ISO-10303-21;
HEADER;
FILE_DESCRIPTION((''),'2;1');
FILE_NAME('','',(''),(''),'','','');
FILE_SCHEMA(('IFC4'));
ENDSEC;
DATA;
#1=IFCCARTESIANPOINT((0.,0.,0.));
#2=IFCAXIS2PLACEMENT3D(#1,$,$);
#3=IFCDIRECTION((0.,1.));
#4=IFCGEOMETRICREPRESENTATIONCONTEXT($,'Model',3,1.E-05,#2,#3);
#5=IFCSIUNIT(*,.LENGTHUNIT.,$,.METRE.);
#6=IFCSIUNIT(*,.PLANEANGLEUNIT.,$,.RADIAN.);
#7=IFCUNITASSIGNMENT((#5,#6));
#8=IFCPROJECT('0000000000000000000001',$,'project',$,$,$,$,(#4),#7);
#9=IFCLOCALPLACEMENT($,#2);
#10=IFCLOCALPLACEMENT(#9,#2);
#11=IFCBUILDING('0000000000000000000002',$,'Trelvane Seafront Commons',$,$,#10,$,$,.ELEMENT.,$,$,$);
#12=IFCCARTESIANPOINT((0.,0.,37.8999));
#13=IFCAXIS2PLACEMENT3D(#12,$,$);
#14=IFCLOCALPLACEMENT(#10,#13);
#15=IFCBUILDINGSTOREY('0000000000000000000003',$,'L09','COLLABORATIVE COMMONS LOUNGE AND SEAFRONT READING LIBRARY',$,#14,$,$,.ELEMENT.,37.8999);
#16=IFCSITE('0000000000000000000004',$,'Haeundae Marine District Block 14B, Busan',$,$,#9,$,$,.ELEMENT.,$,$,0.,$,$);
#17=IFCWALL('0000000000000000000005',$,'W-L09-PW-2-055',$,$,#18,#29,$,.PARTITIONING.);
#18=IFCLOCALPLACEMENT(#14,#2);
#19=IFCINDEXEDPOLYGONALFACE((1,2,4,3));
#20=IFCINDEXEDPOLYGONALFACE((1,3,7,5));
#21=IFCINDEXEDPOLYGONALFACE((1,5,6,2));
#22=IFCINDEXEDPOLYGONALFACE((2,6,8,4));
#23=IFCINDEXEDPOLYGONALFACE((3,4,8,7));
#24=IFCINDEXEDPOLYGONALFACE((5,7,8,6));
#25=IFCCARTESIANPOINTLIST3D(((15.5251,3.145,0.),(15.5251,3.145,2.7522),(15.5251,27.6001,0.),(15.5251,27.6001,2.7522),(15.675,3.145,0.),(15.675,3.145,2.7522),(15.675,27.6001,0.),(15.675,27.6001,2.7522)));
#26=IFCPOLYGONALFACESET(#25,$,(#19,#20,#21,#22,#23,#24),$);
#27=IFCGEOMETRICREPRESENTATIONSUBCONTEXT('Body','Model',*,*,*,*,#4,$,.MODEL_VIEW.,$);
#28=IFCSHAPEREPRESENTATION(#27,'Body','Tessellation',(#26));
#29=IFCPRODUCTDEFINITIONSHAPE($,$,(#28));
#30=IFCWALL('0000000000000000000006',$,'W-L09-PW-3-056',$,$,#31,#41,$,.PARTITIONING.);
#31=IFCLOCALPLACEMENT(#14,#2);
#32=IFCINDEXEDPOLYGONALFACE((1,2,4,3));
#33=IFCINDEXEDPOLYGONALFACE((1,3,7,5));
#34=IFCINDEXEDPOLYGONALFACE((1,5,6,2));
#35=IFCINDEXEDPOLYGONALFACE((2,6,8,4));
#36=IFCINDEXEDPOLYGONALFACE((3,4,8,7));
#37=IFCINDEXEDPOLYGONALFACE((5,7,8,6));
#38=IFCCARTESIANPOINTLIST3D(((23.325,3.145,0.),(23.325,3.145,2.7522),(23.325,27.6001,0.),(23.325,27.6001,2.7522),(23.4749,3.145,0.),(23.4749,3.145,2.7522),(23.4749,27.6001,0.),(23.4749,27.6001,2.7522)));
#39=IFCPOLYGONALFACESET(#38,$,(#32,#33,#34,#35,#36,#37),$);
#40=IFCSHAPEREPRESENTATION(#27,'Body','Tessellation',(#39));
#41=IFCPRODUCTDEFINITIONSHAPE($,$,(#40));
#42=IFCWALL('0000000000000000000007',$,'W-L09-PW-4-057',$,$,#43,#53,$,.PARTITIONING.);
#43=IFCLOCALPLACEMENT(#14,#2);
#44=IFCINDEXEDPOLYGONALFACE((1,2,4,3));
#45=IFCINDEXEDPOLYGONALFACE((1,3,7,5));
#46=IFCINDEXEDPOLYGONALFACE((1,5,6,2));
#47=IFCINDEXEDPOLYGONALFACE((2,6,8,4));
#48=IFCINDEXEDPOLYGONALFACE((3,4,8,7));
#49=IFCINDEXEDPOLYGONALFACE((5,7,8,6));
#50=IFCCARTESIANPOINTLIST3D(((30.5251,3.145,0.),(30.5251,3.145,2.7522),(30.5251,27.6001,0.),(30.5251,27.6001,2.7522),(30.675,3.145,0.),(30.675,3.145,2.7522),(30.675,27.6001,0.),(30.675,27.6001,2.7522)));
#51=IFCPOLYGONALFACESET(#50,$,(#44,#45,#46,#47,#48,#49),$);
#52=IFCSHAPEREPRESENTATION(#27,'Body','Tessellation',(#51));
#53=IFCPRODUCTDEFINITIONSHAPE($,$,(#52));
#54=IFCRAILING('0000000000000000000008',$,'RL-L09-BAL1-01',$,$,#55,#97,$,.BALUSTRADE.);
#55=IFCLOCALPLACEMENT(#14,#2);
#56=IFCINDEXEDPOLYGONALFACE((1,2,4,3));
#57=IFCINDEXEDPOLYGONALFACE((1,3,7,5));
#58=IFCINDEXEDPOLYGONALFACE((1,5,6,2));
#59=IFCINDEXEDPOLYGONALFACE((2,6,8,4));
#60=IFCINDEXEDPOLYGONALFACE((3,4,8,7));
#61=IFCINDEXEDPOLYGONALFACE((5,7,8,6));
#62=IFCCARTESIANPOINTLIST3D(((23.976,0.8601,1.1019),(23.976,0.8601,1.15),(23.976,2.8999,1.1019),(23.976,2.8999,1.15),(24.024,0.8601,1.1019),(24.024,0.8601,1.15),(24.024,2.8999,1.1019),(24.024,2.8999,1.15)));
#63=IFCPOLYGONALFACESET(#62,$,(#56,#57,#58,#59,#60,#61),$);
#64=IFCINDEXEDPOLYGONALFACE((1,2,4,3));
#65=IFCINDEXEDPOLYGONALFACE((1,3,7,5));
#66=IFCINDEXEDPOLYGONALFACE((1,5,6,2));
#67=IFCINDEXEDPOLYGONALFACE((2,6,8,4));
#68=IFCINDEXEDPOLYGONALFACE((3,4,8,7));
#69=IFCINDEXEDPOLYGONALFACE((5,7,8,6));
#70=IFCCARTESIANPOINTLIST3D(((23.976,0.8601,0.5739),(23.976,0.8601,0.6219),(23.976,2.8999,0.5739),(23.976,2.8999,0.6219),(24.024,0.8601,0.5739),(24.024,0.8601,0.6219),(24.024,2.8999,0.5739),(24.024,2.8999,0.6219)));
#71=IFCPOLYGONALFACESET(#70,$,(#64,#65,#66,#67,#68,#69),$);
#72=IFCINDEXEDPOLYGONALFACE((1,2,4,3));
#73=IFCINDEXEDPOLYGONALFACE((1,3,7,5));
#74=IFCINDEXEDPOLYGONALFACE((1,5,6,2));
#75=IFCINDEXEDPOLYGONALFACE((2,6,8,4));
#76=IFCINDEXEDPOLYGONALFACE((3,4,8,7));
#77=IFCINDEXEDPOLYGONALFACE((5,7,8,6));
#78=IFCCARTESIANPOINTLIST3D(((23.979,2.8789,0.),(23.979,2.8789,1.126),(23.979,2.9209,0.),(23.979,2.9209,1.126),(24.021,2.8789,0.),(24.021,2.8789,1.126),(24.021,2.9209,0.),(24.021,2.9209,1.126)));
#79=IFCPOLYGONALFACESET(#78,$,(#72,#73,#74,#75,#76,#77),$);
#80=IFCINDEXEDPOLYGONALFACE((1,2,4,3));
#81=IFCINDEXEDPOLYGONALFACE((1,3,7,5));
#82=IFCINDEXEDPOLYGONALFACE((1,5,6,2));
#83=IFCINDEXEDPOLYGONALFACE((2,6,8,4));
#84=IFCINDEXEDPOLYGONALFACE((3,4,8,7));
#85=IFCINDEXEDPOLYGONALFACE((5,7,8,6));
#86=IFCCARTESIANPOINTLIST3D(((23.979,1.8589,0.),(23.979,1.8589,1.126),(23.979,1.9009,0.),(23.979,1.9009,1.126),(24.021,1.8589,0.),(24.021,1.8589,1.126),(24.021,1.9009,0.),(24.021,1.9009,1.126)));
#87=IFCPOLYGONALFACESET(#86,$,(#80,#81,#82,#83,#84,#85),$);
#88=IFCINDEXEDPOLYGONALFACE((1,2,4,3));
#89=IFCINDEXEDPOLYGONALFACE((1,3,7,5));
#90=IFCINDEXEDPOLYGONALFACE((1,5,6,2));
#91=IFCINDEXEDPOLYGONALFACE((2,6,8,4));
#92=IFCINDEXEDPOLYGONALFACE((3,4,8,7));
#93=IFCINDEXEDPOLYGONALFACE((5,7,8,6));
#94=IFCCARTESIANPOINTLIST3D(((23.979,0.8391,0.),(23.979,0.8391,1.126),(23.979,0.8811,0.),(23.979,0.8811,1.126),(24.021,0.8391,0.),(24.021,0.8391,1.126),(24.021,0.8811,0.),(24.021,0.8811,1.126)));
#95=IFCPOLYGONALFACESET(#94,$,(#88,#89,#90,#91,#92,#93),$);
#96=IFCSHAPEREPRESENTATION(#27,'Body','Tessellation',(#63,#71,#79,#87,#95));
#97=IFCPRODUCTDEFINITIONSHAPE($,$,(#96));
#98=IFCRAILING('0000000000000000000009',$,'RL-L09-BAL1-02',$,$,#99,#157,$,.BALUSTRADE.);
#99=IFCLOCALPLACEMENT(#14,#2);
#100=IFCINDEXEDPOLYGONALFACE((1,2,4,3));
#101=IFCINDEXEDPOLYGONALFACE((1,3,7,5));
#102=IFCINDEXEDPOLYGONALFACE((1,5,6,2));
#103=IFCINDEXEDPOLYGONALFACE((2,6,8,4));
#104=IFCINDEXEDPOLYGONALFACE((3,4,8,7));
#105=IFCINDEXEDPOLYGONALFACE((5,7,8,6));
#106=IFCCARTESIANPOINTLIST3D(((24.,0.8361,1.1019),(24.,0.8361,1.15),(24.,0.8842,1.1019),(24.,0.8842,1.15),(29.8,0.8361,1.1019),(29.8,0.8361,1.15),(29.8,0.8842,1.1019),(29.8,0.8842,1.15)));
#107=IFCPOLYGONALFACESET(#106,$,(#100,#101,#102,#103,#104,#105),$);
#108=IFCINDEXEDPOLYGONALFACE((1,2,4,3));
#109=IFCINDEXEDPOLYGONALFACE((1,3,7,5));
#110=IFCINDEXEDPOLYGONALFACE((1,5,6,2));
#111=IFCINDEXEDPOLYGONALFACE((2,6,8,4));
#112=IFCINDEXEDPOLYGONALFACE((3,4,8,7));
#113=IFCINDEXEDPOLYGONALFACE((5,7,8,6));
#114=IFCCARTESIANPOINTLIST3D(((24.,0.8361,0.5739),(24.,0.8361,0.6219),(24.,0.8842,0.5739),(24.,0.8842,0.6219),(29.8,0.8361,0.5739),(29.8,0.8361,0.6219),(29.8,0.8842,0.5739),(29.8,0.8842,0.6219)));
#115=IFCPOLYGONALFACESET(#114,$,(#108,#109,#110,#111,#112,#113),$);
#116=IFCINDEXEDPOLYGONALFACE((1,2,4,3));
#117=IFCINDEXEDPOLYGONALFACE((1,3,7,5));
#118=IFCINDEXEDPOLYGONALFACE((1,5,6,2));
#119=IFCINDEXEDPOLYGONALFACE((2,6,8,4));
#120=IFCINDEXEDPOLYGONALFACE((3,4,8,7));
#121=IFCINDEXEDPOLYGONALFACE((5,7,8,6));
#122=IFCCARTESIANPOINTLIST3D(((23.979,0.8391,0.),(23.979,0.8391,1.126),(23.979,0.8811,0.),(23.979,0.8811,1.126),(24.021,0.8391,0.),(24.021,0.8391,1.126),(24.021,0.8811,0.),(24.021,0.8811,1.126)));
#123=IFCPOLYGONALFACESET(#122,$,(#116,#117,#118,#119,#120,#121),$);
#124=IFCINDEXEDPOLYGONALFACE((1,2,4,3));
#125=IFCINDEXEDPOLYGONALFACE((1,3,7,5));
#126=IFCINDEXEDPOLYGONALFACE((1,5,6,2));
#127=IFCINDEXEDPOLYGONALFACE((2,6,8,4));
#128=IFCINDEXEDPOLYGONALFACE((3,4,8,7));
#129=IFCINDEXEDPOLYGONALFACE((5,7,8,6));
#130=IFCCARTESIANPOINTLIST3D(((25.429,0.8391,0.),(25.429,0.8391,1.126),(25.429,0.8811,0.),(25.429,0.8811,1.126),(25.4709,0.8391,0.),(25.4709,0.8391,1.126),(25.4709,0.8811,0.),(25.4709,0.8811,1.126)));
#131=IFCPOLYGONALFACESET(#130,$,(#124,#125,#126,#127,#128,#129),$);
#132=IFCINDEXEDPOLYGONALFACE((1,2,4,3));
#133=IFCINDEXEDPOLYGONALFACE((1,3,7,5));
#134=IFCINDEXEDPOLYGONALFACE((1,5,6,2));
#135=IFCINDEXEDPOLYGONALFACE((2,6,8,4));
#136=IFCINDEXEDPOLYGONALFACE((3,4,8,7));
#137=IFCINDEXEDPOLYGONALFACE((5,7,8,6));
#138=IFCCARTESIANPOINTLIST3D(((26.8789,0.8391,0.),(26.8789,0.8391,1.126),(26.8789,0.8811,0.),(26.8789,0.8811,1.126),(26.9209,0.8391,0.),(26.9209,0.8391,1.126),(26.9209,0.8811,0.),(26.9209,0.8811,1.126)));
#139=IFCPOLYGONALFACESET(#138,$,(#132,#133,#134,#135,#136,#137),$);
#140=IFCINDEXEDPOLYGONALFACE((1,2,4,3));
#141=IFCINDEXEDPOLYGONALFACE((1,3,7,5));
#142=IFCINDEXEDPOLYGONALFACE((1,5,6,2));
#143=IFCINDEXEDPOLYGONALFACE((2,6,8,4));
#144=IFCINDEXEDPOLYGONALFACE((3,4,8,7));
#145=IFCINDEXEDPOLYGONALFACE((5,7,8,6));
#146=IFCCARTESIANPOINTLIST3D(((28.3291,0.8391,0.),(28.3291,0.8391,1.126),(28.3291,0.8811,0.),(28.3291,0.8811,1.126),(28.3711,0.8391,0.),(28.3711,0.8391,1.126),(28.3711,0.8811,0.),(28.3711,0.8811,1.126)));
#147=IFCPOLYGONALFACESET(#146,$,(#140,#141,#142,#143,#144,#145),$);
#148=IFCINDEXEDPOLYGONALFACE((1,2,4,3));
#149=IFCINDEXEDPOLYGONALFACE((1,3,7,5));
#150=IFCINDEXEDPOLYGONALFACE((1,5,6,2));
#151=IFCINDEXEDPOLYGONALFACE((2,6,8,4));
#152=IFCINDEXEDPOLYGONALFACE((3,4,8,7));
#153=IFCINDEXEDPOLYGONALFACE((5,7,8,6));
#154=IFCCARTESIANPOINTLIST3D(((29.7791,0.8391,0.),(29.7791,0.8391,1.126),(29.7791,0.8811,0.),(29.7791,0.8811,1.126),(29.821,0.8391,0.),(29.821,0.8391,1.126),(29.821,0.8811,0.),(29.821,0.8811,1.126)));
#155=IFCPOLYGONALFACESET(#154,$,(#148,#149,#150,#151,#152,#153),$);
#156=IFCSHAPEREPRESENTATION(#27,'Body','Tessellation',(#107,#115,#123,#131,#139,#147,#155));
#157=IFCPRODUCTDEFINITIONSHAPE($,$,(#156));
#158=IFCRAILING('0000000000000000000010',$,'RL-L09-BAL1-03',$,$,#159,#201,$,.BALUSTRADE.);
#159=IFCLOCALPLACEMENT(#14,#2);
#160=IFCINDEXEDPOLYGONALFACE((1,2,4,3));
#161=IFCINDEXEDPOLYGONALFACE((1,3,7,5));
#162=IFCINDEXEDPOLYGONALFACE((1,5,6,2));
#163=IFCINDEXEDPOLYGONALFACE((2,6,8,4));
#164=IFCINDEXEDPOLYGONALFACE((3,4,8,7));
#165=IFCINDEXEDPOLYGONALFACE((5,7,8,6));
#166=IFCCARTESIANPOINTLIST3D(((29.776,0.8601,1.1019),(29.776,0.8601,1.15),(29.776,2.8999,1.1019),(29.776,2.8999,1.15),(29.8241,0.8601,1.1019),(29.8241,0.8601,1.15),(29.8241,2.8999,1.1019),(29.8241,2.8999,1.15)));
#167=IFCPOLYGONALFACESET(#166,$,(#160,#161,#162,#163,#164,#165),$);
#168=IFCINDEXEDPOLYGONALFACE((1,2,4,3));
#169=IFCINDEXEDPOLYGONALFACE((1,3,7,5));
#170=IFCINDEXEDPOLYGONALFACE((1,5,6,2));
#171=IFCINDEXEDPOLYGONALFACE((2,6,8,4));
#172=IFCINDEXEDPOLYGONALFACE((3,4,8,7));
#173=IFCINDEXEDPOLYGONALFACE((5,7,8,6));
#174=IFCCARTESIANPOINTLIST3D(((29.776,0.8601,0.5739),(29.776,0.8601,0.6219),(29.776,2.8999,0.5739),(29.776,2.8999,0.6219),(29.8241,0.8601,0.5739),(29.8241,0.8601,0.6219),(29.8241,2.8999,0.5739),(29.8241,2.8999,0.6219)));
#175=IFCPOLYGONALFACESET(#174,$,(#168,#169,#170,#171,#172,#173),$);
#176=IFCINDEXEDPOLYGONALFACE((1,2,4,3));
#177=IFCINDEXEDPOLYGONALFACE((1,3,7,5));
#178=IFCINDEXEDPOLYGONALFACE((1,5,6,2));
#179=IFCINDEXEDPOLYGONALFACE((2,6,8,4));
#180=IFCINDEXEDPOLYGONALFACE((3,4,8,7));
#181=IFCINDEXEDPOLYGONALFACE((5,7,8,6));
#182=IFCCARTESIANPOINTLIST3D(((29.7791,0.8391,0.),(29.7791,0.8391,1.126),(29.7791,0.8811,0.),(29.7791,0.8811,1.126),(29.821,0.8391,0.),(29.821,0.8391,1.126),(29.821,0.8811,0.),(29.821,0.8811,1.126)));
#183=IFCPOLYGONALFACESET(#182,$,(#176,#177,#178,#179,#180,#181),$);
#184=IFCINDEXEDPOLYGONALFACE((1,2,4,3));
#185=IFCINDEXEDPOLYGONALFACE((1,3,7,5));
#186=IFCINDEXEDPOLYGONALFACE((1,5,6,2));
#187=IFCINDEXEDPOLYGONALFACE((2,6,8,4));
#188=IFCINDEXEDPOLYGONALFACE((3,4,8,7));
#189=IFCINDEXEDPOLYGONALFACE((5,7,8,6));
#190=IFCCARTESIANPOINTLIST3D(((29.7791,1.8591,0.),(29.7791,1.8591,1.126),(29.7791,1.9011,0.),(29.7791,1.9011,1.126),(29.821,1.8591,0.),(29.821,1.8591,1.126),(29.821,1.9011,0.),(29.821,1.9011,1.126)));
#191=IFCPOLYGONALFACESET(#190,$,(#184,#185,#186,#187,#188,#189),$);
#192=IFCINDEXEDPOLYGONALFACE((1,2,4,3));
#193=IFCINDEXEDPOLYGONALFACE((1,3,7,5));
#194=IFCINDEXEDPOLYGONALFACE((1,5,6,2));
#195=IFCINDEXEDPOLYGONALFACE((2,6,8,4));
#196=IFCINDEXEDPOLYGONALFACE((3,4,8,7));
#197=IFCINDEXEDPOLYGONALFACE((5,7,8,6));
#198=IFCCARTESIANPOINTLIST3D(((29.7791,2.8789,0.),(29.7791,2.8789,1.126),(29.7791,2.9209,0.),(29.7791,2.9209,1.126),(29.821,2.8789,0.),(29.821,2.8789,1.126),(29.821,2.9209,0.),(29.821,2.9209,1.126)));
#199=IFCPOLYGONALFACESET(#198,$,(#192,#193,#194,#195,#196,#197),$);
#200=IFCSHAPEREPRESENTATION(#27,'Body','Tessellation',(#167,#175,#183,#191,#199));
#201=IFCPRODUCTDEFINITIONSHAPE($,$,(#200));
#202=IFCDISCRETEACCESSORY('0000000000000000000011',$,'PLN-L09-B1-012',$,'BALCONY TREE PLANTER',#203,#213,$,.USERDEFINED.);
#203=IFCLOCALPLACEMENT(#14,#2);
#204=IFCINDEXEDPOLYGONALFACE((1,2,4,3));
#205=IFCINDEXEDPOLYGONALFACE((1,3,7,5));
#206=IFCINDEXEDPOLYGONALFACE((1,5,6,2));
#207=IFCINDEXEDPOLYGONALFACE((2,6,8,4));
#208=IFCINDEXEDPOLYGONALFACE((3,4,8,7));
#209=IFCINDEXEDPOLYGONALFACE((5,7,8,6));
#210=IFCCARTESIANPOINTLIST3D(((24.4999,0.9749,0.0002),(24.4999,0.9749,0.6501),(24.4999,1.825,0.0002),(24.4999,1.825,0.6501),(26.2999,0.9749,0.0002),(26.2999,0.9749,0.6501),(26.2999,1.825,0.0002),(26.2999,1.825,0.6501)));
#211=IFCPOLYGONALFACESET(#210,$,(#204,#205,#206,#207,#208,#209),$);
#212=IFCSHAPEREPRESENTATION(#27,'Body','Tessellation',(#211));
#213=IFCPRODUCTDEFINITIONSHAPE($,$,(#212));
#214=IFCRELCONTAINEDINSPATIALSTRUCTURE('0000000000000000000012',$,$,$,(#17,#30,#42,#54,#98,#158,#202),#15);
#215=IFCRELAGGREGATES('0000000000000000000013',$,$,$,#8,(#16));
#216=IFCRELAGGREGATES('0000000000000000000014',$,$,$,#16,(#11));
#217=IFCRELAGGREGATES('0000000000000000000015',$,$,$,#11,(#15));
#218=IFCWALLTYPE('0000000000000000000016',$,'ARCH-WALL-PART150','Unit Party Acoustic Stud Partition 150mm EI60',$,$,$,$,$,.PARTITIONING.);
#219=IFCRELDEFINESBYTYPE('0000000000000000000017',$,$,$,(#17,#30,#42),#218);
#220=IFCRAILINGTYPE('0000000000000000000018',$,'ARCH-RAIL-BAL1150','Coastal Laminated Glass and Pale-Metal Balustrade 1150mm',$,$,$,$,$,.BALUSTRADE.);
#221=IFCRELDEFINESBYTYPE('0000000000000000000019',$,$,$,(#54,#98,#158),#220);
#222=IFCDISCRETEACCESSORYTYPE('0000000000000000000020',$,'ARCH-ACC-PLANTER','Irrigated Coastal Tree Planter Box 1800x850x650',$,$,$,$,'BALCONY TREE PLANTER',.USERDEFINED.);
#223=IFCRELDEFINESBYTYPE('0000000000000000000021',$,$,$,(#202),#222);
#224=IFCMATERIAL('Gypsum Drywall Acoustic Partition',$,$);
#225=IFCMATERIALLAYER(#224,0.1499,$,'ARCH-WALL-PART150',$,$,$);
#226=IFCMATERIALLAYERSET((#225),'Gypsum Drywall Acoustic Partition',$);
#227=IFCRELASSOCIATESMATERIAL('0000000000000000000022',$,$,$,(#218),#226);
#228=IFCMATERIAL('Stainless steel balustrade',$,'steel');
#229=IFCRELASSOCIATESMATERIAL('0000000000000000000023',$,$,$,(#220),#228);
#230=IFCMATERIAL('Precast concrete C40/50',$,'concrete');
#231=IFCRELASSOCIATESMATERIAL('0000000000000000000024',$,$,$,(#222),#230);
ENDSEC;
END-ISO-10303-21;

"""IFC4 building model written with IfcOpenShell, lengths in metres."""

from ifc_helpers import new_model, si_unit, direction, frame, frame_2d, origin, origin_2d, place, context, subcontext, project, spatial, rectangle, extrude, source, transform, mapped, material, layer, layer_set, type_object, element, save


model = new_model("IFC4")

# Units and contexts
model_context = context("Model", 3, precision=1e-05, world=origin(), true_north=direction((0.0, 1.0)))
body_context = subcontext(model_context, "Body", "Model", "MODEL_VIEW")
ifc_project = project(units=[si_unit("LENGTHUNIT", "METRE"), si_unit("PLANEANGLEUNIT", "RADIAN")], contexts=[model_context])

# Site, building, storey
site_placement = place(None, origin())
site = spatial("IfcSite", under=ifc_project, at=site_placement, Name="Haeundae Marine District Block 14B, Busan", CompositionType="ELEMENT", RefElevation=0.0)
building_placement = place(site_placement, origin())
building = spatial("IfcBuilding", under=site, at=building_placement, Name="Trelvane Seafront Commons", CompositionType="ELEMENT")
storey_placement = place(building_placement, frame((0.0, 0.0, 37.8999)))
storey = spatial("IfcBuildingStorey", under=building, at=storey_placement, Name="L09", Description="COLLABORATIVE COMMONS LOUNGE AND SEAFRONT READING LIBRARY", CompositionType="ELEMENT", Elevation=37.8999)

# Shared definitions
ifc_material_1 = material(Name="Gypsum Drywall Acoustic Partition")

# Walls
ifc_layer_1 = layer(ifc_material_1, 0.1499, Name="ARCH-WALL-PART150")
ifc_layer_set_1 = layer_set([ifc_layer_1], Name="Gypsum Drywall Acoustic Partition")
wall_type_1 = type_object("IfcWallType", Name="ARCH-WALL-PART150", Description="Unit Party Acoustic Stud Partition 150mm EI60", PredefinedType="PARTITIONING", material=ifc_layer_set_1)
for number, where, z_axis, x_axis, name in (
    (1, (15.6001, 3.145, 0.0), (0.0, 0.0, 1.0), (0.0, 1.0, 0.0), "W-L09-PW-2-055"),
    (2, (23.3999, 3.145, 0.0), (0.0, 0.0, 1.0), (0.0, 1.0, 0.0), "W-L09-PW-3-056"),
    (3, (30.6001, 3.145, 0.0), (0.0, 0.0, 1.0), (0.0, 1.0, 0.0), "W-L09-PW-4-057"),
):
    element("IfcWall", number, at=place(storey_placement, frame(where, z_axis=z_axis, x_axis=x_axis)), inside=storey, type_object=wall_type_1, Name=name, PredefinedType="PARTITIONING", context=body_context, shape_type="SweptSolid", body=[
        extrude(rectangle(XDim=24.4551, YDim=0.1499, at=frame_2d((12.2275, 0.0))), origin(), (0.0, 0.0, 1.0), 2.7522),
    ])

# Railings
ifc_material_2 = material(Name="Stainless steel balustrade", Category="steel")
railing_type = type_object("IfcRailingType", Name="ARCH-RAIL-BAL1150", Description="Coastal Laminated Glass and Pale-Metal Balustrade 1150mm", PredefinedType="BALUSTRADE", material=ifc_material_2)
railing_1_placement = place(storey_placement, frame((24.0, 2.8999, 0.0)))
element("IfcRailing", 4, at=railing_1_placement, inside=storey, type_object=railing_type, Name="RL-L09-BAL1-01", PredefinedType="BALUSTRADE", context=body_context, shape_type="SweptSolid", body=[
    extrude(rectangle(XDim=0.0481, YDim=0.0481, at=origin_2d()), frame((0.0, 0.0, 1.126), z_axis=(0.0, -1.0, 0.0), x_axis=(1.0, 0.0, 0.0)), (0.0, 0.0, 1.0), 2.0398),
    extrude(rectangle(XDim=0.0481, YDim=0.0481, at=origin_2d()), frame((0.0, 0.0, 0.5979), z_axis=(0.0, -1.0, 0.0), x_axis=(1.0, 0.0, 0.0)), (0.0, 0.0, 1.0), 2.0398),
    extrude(rectangle(XDim=0.042, YDim=0.042, at=origin_2d()), origin(), (0.0, 0.0, 1.0), 1.126),
    extrude(rectangle(XDim=0.042, YDim=0.042, at=origin_2d()), frame((0.0, -1.02, 0.0)), (0.0, 0.0, 1.0), 1.126),
    extrude(rectangle(XDim=0.042, YDim=0.042, at=origin_2d()), frame((0.0, -2.0398, 0.0)), (0.0, 0.0, 1.0), 1.126),
])
railing_2_placement = place(storey_placement, frame((24.0, 0.8601, 0.0)))
element("IfcRailing", 5, at=railing_2_placement, inside=storey, type_object=railing_type, Name="RL-L09-BAL1-02", PredefinedType="BALUSTRADE", context=body_context, shape_type="SweptSolid", body=[
    extrude(rectangle(XDim=0.0481, YDim=0.0481, at=origin_2d()), frame((0.0, 0.0, 1.126), z_axis=(1.0, 0.0, 0.0), x_axis=(0.0, 1.0, 0.0)), (0.0, 0.0, 1.0), 5.8),
    extrude(rectangle(XDim=0.0481, YDim=0.0481, at=origin_2d()), frame((0.0, 0.0, 0.5979), z_axis=(1.0, 0.0, 0.0), x_axis=(0.0, 1.0, 0.0)), (0.0, 0.0, 1.0), 5.8),
    extrude(rectangle(XDim=0.042, YDim=0.042, at=origin_2d()), origin(), (0.0, 0.0, 1.0), 1.126),
    extrude(rectangle(XDim=0.042, YDim=0.042, at=origin_2d()), frame((1.45, 0.0, 0.0)), (0.0, 0.0, 1.0), 1.126),
    extrude(rectangle(XDim=0.042, YDim=0.042, at=origin_2d()), frame((2.8999, 0.0, 0.0)), (0.0, 0.0, 1.0), 1.126),
    extrude(rectangle(XDim=0.042, YDim=0.042, at=origin_2d()), frame((4.3501, 0.0, 0.0)), (0.0, 0.0, 1.0), 1.126),
    extrude(rectangle(XDim=0.042, YDim=0.042, at=origin_2d()), frame((5.8, 0.0, 0.0)), (0.0, 0.0, 1.0), 1.126),
])
railing_3_placement = place(storey_placement, frame((29.8, 0.8601, 0.0)))
element("IfcRailing", 6, at=railing_3_placement, inside=storey, type_object=railing_type, Name="RL-L09-BAL1-03", PredefinedType="BALUSTRADE", context=body_context, shape_type="SweptSolid", body=[
    extrude(rectangle(XDim=0.0481, YDim=0.0481, at=origin_2d()), frame((0.0, 0.0, 1.126), z_axis=(0.0, 1.0, 0.0), x_axis=(-1.0, 0.0, 0.0)), (0.0, 0.0, 1.0), 2.0398),
    extrude(rectangle(XDim=0.0481, YDim=0.0481, at=origin_2d()), frame((0.0, 0.0, 0.5979), z_axis=(0.0, 1.0, 0.0), x_axis=(-1.0, 0.0, 0.0)), (0.0, 0.0, 1.0), 2.0398),
    extrude(rectangle(XDim=0.042, YDim=0.042, at=origin_2d()), origin(), (0.0, 0.0, 1.0), 1.126),
    extrude(rectangle(XDim=0.042, YDim=0.042, at=origin_2d()), frame((0.0, 1.02, 0.0)), (0.0, 0.0, 1.0), 1.126),
    extrude(rectangle(XDim=0.042, YDim=0.042, at=origin_2d()), frame((0.0, 2.0398, 0.0)), (0.0, 0.0, 1.0), 1.126),
])

# Discrete accessory
ifc_material_3 = material(Name="Precast concrete C40/50", Category="concrete")
discrete_accessory_type = type_object("IfcDiscreteAccessoryType", Name="ARCH-ACC-PLANTER", Description="Irrigated Coastal Tree Planter Box 1800x850x650", ElementType="BALCONY TREE PLANTER", PredefinedType="USERDEFINED", material=ifc_material_3)
shared_shape_1 = source(origin(), body_context, "Body", "SweptSolid", [
    extrude(rectangle(XDim=1.8, YDim=0.8501, at=origin_2d()), origin(), (0.0, 0.0, 1.0), 0.6499),
])
discrete_accessory_placement = place(storey_placement, frame((25.3999, 1.3999, 0.0002), z_axis=(0.0, 0.0, 1.0), x_axis=(1.0, 0.0, 0.0)))
element("IfcDiscreteAccessory", 7, at=discrete_accessory_placement, inside=storey, type_object=discrete_accessory_type, Name="PLN-L09-B1-012", ObjectType="BALCONY TREE PLANTER", PredefinedType="USERDEFINED", context=body_context, shape_type="MappedRepresentation", body=[
    mapped(shared_shape_1, transform((0.0, 0.0, 0.0), x_axis=(1.0, 0.0, 0.0), y_axis=(0.0, 1.0, 0.0), z_axis=(0.0, 0.0, 1.0), scale=1.0)),
])

save(model, "model.ifc")
